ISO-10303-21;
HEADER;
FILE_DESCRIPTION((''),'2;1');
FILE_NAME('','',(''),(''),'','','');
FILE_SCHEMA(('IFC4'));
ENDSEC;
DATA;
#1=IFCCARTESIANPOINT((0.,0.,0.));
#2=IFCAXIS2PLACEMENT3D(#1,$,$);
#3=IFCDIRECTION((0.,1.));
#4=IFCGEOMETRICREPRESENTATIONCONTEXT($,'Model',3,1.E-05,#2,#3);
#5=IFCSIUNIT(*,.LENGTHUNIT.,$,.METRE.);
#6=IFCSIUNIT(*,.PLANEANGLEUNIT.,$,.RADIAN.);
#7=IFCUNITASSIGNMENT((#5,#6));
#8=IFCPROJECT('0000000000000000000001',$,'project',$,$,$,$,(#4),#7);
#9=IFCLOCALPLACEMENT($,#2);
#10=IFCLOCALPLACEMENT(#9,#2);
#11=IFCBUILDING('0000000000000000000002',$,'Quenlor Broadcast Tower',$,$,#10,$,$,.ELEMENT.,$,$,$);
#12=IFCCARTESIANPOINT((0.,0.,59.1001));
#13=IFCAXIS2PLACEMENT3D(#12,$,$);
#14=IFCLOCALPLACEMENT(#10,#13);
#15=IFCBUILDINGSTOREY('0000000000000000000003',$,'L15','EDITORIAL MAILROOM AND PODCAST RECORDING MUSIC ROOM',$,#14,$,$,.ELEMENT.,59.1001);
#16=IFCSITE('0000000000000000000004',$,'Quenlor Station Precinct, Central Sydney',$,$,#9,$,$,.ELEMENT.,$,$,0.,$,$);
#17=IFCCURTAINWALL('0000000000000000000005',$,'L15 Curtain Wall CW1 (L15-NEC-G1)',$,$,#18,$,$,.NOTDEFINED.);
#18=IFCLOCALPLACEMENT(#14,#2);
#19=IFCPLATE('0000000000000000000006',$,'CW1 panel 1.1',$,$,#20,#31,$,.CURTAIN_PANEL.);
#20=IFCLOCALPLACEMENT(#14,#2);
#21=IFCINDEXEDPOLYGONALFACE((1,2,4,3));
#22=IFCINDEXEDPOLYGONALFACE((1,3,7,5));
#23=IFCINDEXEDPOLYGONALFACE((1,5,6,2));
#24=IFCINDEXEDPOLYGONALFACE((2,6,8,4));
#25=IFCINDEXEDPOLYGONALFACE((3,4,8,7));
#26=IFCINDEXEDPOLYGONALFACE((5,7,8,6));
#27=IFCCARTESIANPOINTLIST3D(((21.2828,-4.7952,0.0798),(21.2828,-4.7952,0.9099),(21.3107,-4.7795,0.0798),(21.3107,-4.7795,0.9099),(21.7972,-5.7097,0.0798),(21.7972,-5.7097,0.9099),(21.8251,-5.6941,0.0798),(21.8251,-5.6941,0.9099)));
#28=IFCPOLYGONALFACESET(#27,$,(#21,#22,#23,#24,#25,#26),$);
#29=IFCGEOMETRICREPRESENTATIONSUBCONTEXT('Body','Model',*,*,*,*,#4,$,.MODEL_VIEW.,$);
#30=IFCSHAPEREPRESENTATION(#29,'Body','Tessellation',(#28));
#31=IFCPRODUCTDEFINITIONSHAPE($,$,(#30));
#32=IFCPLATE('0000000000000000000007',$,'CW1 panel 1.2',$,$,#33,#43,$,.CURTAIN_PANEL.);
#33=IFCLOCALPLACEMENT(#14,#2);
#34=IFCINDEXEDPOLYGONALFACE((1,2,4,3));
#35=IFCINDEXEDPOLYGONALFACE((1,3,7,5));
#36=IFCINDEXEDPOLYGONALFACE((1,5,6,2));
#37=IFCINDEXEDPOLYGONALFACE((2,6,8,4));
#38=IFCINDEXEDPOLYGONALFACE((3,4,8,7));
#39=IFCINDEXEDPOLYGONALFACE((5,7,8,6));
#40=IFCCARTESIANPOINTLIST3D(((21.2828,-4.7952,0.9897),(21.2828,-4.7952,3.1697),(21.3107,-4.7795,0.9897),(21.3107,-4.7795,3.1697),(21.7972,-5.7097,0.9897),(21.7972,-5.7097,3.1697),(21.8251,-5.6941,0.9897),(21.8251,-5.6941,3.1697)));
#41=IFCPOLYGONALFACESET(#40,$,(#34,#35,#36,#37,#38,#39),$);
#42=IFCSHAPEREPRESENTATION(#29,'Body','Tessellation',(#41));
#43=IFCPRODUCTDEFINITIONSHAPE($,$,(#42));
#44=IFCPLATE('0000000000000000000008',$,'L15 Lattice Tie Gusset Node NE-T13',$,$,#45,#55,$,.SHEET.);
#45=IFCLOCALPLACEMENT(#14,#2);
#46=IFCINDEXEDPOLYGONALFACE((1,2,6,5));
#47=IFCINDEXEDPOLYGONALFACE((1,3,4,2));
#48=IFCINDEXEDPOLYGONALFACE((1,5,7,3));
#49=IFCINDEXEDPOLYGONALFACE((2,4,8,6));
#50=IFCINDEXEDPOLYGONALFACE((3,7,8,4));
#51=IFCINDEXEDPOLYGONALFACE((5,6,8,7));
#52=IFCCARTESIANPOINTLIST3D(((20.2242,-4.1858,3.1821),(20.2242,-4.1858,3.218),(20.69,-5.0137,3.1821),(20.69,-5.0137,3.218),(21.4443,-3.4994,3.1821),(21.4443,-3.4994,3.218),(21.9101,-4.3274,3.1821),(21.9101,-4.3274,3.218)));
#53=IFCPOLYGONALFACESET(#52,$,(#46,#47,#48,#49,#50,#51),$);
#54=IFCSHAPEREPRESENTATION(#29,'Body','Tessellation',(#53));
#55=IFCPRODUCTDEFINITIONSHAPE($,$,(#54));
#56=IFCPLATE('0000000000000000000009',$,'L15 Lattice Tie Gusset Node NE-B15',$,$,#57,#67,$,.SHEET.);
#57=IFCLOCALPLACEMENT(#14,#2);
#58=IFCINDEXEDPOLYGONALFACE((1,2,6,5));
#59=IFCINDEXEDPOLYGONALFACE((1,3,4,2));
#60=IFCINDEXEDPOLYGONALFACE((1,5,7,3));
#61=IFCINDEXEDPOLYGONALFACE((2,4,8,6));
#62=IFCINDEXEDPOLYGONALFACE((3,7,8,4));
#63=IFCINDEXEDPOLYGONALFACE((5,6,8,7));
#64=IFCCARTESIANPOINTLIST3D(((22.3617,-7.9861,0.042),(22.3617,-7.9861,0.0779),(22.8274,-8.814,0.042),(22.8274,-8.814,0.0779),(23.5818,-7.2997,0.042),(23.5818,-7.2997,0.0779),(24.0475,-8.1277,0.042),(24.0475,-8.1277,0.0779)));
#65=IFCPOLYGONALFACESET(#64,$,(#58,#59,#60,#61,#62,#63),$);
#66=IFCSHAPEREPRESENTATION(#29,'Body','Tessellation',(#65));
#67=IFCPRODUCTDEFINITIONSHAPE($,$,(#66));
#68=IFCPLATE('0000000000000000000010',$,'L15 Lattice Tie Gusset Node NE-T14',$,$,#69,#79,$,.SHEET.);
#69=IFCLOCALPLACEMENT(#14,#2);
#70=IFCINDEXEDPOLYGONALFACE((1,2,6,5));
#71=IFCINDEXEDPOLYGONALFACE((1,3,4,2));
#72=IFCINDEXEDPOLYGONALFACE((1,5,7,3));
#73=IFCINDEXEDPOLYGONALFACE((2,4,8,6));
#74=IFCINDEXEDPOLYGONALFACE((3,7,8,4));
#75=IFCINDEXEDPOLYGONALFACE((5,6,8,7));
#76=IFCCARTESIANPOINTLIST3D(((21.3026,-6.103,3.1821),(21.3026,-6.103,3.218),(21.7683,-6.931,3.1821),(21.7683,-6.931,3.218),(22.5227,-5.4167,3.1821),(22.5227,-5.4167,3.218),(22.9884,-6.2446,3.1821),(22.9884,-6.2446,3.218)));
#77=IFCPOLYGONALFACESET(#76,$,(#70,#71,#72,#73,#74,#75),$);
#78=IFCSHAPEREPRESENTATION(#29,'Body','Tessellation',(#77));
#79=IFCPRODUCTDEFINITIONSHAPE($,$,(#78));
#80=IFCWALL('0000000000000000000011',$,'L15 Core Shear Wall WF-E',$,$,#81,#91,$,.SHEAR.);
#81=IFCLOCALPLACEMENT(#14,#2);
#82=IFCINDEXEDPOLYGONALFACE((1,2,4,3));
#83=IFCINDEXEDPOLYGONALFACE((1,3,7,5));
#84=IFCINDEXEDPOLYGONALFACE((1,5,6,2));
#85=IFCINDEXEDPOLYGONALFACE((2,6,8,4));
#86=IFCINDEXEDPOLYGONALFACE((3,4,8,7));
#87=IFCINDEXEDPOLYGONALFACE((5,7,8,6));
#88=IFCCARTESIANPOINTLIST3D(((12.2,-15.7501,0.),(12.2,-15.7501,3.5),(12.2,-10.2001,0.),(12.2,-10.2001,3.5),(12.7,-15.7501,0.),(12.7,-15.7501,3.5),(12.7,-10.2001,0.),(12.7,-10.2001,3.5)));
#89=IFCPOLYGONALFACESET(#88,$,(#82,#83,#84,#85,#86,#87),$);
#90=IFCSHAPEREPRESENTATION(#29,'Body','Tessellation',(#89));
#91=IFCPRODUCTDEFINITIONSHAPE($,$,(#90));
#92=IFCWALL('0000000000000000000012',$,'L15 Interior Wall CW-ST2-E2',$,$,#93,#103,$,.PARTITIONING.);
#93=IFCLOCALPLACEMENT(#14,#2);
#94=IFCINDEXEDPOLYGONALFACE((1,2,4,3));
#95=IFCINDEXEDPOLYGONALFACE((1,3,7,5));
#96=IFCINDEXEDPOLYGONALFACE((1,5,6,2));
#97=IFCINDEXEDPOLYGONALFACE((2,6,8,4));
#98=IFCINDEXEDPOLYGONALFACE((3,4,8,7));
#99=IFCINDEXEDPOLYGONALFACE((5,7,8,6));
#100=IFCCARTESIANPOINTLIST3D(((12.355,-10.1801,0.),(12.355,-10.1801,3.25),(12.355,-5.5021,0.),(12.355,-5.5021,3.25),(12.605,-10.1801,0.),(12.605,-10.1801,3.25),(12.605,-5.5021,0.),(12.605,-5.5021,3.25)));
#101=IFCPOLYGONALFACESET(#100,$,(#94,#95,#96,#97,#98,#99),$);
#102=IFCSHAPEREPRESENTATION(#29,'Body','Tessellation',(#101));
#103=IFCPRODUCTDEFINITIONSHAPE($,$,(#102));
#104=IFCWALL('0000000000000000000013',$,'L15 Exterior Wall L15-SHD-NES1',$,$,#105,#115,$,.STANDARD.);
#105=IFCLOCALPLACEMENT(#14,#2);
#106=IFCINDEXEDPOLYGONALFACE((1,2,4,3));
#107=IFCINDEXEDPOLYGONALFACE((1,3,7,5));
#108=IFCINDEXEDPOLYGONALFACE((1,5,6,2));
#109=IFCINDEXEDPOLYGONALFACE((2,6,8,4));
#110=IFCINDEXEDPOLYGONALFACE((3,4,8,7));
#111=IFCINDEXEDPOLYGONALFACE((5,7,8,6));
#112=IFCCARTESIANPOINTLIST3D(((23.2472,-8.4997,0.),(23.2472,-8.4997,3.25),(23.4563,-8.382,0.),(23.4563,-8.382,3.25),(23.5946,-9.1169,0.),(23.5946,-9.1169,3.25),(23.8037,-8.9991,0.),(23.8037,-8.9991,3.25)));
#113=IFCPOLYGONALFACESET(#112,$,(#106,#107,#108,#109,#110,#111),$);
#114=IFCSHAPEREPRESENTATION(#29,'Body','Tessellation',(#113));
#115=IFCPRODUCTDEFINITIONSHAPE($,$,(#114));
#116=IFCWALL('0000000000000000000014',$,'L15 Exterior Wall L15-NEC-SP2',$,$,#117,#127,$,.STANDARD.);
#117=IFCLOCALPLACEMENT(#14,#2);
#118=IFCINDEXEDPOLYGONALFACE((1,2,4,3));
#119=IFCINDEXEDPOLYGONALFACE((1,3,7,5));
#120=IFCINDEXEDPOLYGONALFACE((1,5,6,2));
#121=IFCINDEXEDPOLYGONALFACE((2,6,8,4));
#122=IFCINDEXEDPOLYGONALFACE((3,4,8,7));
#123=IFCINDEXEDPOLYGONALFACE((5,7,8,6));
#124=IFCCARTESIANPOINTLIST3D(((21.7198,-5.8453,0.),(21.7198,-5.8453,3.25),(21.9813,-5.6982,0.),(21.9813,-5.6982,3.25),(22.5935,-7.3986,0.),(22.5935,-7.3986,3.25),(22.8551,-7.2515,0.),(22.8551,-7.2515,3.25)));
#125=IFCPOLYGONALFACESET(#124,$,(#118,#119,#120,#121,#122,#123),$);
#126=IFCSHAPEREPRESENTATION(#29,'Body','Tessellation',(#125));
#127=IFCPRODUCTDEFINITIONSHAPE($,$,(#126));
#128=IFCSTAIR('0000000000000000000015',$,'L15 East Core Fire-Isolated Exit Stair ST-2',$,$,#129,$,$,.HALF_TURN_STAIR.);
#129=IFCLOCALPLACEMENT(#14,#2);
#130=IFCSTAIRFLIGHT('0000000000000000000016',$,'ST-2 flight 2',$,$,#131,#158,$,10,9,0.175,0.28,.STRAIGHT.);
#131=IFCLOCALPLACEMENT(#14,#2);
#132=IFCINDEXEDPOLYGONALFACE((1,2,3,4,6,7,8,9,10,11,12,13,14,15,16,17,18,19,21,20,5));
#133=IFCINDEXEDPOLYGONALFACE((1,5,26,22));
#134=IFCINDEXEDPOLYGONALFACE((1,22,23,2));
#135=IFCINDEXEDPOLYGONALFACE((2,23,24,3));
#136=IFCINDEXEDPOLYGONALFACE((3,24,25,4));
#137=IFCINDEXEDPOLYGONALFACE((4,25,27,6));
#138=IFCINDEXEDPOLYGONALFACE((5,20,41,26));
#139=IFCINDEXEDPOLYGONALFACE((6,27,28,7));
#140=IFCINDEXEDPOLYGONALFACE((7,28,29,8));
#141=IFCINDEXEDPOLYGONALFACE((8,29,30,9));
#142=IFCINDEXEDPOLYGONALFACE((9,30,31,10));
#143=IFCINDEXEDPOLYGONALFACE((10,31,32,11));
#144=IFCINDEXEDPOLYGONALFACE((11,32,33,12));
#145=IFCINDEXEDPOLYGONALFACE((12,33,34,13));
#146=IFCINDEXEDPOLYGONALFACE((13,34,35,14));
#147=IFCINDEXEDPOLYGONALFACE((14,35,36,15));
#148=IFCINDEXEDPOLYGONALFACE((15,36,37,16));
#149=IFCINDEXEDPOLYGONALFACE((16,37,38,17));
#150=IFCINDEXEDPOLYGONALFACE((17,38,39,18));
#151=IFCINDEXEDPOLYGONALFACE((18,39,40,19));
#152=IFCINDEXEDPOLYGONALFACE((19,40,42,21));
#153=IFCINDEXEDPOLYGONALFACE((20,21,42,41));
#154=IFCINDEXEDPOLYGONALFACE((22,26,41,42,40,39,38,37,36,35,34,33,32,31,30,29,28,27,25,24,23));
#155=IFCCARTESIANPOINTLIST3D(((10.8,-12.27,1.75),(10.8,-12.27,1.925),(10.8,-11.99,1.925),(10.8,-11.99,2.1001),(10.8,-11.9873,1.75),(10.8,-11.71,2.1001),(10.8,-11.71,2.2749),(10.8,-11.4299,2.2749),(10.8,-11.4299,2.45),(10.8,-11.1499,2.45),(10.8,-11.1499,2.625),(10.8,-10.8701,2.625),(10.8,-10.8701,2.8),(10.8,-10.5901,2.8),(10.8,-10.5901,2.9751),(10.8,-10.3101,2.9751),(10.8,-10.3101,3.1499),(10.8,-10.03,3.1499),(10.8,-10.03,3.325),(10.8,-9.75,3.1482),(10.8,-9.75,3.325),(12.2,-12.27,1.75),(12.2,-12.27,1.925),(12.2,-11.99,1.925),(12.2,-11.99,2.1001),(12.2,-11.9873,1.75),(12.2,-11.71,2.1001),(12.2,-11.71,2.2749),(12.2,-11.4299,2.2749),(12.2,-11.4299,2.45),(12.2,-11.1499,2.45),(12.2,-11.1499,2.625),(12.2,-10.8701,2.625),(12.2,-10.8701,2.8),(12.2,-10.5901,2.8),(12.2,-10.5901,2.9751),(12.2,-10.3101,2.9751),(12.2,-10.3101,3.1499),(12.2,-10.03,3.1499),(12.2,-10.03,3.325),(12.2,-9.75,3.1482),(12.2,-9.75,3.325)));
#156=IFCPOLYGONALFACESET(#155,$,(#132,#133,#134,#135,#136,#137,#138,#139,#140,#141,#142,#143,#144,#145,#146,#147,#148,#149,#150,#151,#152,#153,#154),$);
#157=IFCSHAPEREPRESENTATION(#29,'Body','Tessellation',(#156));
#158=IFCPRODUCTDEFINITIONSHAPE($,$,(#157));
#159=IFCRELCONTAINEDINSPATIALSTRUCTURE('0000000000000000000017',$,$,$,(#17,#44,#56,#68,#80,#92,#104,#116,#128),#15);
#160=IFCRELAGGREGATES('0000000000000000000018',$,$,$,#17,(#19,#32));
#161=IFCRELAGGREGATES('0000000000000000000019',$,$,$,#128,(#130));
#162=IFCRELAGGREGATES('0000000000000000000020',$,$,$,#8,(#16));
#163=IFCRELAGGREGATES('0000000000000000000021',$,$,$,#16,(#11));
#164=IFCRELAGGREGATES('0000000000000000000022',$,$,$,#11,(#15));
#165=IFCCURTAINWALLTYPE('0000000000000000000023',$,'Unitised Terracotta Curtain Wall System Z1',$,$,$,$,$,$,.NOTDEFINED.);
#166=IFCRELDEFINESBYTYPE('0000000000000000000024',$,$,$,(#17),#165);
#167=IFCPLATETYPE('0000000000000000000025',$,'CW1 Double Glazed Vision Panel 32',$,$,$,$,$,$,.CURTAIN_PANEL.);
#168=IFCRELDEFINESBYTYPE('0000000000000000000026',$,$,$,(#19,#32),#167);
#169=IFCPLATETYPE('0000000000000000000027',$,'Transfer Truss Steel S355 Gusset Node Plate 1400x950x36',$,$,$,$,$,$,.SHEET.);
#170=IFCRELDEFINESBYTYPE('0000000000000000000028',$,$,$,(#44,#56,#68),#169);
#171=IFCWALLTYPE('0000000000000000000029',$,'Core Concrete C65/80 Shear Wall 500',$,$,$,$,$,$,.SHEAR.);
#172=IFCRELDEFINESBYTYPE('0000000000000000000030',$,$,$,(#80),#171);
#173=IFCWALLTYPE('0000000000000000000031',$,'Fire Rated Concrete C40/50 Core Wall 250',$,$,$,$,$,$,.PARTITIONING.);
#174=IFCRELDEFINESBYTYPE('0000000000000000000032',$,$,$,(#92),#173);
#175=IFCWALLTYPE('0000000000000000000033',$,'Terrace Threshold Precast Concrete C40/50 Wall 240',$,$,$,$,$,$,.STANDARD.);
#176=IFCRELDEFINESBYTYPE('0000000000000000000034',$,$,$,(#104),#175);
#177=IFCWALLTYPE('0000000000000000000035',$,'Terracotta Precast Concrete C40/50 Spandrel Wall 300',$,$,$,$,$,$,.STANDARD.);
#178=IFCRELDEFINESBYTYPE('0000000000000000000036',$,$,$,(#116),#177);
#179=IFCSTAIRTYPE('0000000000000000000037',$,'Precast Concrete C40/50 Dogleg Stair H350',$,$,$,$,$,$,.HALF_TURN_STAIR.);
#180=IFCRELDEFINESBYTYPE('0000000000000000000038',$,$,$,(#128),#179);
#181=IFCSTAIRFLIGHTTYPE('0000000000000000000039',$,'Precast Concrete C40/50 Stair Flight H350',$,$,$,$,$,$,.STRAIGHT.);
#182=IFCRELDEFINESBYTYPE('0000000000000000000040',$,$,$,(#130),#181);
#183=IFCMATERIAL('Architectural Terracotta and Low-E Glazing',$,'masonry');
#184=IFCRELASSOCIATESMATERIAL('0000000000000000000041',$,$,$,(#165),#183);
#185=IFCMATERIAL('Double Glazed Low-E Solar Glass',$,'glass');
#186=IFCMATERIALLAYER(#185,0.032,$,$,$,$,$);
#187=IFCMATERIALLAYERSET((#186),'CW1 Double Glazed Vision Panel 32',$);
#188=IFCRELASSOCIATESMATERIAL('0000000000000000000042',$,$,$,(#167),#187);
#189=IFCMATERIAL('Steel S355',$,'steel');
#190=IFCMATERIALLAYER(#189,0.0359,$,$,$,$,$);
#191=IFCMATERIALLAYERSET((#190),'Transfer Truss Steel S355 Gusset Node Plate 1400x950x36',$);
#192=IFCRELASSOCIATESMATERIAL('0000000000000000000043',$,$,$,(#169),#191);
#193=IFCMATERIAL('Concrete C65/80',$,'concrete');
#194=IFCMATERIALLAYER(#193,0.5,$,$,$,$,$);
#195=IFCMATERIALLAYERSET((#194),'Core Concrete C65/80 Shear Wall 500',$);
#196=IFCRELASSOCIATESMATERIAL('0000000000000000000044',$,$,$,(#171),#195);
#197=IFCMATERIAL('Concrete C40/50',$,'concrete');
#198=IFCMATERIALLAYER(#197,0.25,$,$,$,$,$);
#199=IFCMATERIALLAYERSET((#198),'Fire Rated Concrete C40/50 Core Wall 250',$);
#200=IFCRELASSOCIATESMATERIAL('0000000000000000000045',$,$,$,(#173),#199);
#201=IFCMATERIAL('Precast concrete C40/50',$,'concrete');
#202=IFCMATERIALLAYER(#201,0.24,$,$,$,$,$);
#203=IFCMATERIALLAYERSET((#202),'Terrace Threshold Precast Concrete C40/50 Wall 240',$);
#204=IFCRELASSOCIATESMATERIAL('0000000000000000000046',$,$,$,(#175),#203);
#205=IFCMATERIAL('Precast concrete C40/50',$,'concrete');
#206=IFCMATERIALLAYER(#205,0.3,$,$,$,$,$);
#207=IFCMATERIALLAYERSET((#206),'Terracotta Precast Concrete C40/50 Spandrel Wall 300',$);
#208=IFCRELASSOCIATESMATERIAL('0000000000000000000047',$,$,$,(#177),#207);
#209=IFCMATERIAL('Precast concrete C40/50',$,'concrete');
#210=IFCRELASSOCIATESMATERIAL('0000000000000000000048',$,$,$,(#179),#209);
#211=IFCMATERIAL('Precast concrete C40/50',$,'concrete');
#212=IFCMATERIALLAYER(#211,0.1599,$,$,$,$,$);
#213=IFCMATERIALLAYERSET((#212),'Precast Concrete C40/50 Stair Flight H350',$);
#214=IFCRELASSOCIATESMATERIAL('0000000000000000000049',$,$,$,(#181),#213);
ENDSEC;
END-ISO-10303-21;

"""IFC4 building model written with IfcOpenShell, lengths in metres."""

from ifc_helpers import new_model, si_unit, direction, frame, frame_2d, origin, origin_2d, place, context, subcontext, project, spatial, polyline, rectangle, outline, extrude, material, layer, layer_set, type_object, element, aggregate, save


model = new_model("IFC4")

# Units and contexts
model_context = context("Model", 3, precision=1e-05, world=origin(), true_north=direction((0.0, 1.0)))
body_context = subcontext(model_context, "Body", "Model", "MODEL_VIEW")
ifc_project = project(units=[si_unit("LENGTHUNIT", "METRE"), si_unit("PLANEANGLEUNIT", "RADIAN")], contexts=[model_context])

# Site, building, storey
site_placement = place(None, origin())
site = spatial("IfcSite", under=ifc_project, at=site_placement, Name="Quenlor Station Precinct, Central Sydney", CompositionType="ELEMENT", RefElevation=0.0)
building_placement = place(site_placement, origin())
building = spatial("IfcBuilding", under=site, at=building_placement, Name="Quenlor Broadcast Tower", CompositionType="ELEMENT")
storey_placement = place(building_placement, frame((0.0, 0.0, 59.1001)))
storey = spatial("IfcBuildingStorey", under=building, at=storey_placement, Name="L15", Description="EDITORIAL MAILROOM AND PODCAST RECORDING MUSIC ROOM", CompositionType="ELEMENT", Elevation=59.1001)

# Curtain wall
ifc_material_1 = material(Name="Architectural Terracotta and Low-E Glazing", Category="masonry")
curtain_wall_type = type_object("IfcCurtainWallType", Name="Unitised Terracotta Curtain Wall System Z1", PredefinedType="NOTDEFINED", material=ifc_material_1)
curtain_wall_placement = place(storey_placement, origin())
curtain_wall = element("IfcCurtainWall", 1, at=curtain_wall_placement, inside=storey, type_object=curtain_wall_type, Name="L15 Curtain Wall CW1 (L15-NEC-G1)", PredefinedType="NOTDEFINED")

# Plates
ifc_material_2 = material(Name="Double Glazed Low-E Solar Glass", Category="glass")
ifc_layer_1 = layer(ifc_material_2, 0.032)
ifc_layer_set_1 = layer_set([ifc_layer_1], Name="CW1 Double Glazed Vision Panel 32")
plate_type_1 = type_object("IfcPlateType", Name="CW1 Double Glazed Vision Panel 32", PredefinedType="CURTAIN_PANEL", material=ifc_layer_set_1)
plate_1_placement = place(storey_placement, frame((21.554, -5.2446, 0.0798), z_axis=(0.0, 0.0, 1.0), x_axis=(0.490277, -0.871567, 0.0)))
plate_1 = element("IfcPlate", 2, at=plate_1_placement, type_object=plate_type_1, Name="CW1 panel 1.1", PredefinedType="CURTAIN_PANEL", context=body_context, shape_type="SweptSolid", body=[
    extrude(rectangle(XDim=1.0493, YDim=0.032, at=origin_2d()), origin(), (0.0, 0.0, 1.0), 0.8301),
])
plate_2_placement = place(storey_placement, frame((21.554, -5.2446, 0.9897), z_axis=(0.0, 0.0, 1.0), x_axis=(0.490277, -0.871567, 0.0)))
plate_2 = element("IfcPlate", 3, at=plate_2_placement, type_object=plate_type_1, Name="CW1 panel 1.2", PredefinedType="CURTAIN_PANEL", context=body_context, shape_type="SweptSolid", body=[
    extrude(rectangle(XDim=1.0493, YDim=0.032, at=origin_2d()), origin(), (0.0, 0.0, 1.0), 2.1799),
])
aggregate(curtain_wall, [plate_1, plate_2])

# Plates
ifc_material_3 = material(Name="Steel S355", Category="steel")
ifc_layer_2 = layer(ifc_material_3, 0.0359)
ifc_layer_set_2 = layer_set([ifc_layer_2], Name="Transfer Truss Steel S355 Gusset Node Plate 1400x950x36")
plate_type_2 = type_object("IfcPlateType", Name="Transfer Truss Steel S355 Gusset Node Plate 1400x950x36", PredefinedType="SHEET", material=ifc_layer_set_2)
for number, where, z_axis, x_axis, name in (
    (4, (21.0671, -4.2566, 3.1821), (0.0, 0.0, 1.0), (0.871556, 0.490295, 0.0), "L15 Lattice Tie Gusset Node NE-T13"),
    (5, (23.2046, -8.0569, 0.042), (0.0, 0.0, 1.0), (0.871556, 0.490295, 0.0), "L15 Lattice Tie Gusset Node NE-B15"),
    (6, (22.1455, -6.1738, 3.1821), (0.0, 0.0, 1.0), (0.871556, 0.490295, 0.0), "L15 Lattice Tie Gusset Node NE-T14"),
):
    element("IfcPlate", number, at=place(storey_placement, frame(where, z_axis=z_axis, x_axis=x_axis)), inside=storey, type_object=plate_type_2, Name=name, PredefinedType="SHEET", context=body_context, shape_type="SweptSolid", body=[
        extrude(rectangle(XDim=1.3999, YDim=0.95, at=origin_2d()), origin(), (0.0, 0.0, 1.0), 0.0359),
    ])

# Walls
ifc_material_4 = material(Name="Concrete C65/80", Category="concrete")
ifc_layer_3 = layer(ifc_material_4, 0.5)
ifc_layer_set_3 = layer_set([ifc_layer_3], Name="Core Concrete C65/80 Shear Wall 500")
wall_type_1 = type_object("IfcWallType", Name="Core Concrete C65/80 Shear Wall 500", PredefinedType="SHEAR", material=ifc_layer_set_3)
wall_1_placement = place(storey_placement, frame((12.45, -15.75, 0.0), z_axis=(0.0, 0.0, 1.0), x_axis=(0.0, 1.0, 0.0)))
element("IfcWall", 7, at=wall_1_placement, inside=storey, type_object=wall_type_1, Name="L15 Core Shear Wall WF-E", PredefinedType="SHEAR", context=body_context, shape_type="SweptSolid", body=[
    extrude(rectangle(XDim=5.55, YDim=0.5, at=frame_2d((2.7749, 0.0))), origin(), (0.0, 0.0, 1.0), 3.5),
])
ifc_material_5 = material(Name="Concrete C40/50", Category="concrete")
ifc_layer_4 = layer(ifc_material_5, 0.25)
ifc_layer_set_4 = layer_set([ifc_layer_4], Name="Fire Rated Concrete C40/50 Core Wall 250")
wall_type_2 = type_object("IfcWallType", Name="Fire Rated Concrete C40/50 Core Wall 250", PredefinedType="PARTITIONING", material=ifc_layer_set_4)
wall_2_placement = place(storey_placement, frame((12.48, -10.1799, 0.0), z_axis=(0.0, 0.0, 1.0), x_axis=(0.0, 1.0, 0.0)))
element("IfcWall", 8, at=wall_2_placement, inside=storey, type_object=wall_type_2, Name="L15 Interior Wall CW-ST2-E2", PredefinedType="PARTITIONING", context=body_context, shape_type="SweptSolid", body=[
    extrude(rectangle(XDim=4.678, YDim=0.25, at=frame_2d((2.3389, 0.0))), origin(), (0.0, 0.0, 1.0), 3.25),
])
ifc_material_6 = material(Name="Precast concrete C40/50", Category="concrete")
ifc_layer_5 = layer(ifc_material_6, 0.24)
ifc_layer_set_5 = layer_set([ifc_layer_5], Name="Terrace Threshold Precast Concrete C40/50 Wall 240")
wall_type_3 = type_object("IfcWallType", Name="Terrace Threshold Precast Concrete C40/50 Wall 240", PredefinedType="STANDARD", material=ifc_layer_set_5)
wall_3_placement = place(storey_placement, frame((23.3518, -8.4409, 0.0), z_axis=(0.0, 0.0, 1.0), x_axis=(0.490523, -0.871428, 0.0)))
element("IfcWall", 9, at=wall_3_placement, inside=storey, type_object=wall_type_3, Name="L15 Exterior Wall L15-SHD-NES1", PredefinedType="STANDARD", context=body_context, shape_type="SweptSolid", body=[
    extrude(rectangle(XDim=0.7083, YDim=0.24, at=frame_2d((0.354, 0.0))), origin(), (0.0, 0.0, 1.0), 3.25),
])
ifc_material_7 = material(Name="Precast concrete C40/50", Category="concrete")
ifc_layer_6 = layer(ifc_material_7, 0.3)
ifc_layer_set_6 = layer_set([ifc_layer_6], Name="Terracotta Precast Concrete C40/50 Spandrel Wall 300")
wall_type_4 = type_object("IfcWallType", Name="Terracotta Precast Concrete C40/50 Spandrel Wall 300", PredefinedType="STANDARD", material=ifc_layer_set_6)
wall_4_placement = place(storey_placement, frame((21.8506, -5.7717, 0.0), z_axis=(0.0, 0.0, 1.0), x_axis=(0.490242, -0.871587, 0.0)))
element("IfcWall", 10, at=wall_4_placement, inside=storey, type_object=wall_type_4, Name="L15 Exterior Wall L15-NEC-SP2", PredefinedType="STANDARD", context=body_context, shape_type="SweptSolid", body=[
    extrude(rectangle(XDim=1.7822, YDim=0.3, at=frame_2d((0.8911, 0.0))), origin(), (0.0, 0.0, 1.0), 3.25),
])

# Stair, stair flight
ifc_material_8 = material(Name="Precast concrete C40/50", Category="concrete")
stair_type = type_object("IfcStairType", Name="Precast Concrete C40/50 Dogleg Stair H350", PredefinedType="HALF_TURN_STAIR", material=ifc_material_8)
stair_placement = place(storey_placement, origin())
stair = element("IfcStair", 11, at=stair_placement, inside=storey, type_object=stair_type, Name="L15 East Core Fire-Isolated Exit Stair ST-2", PredefinedType="HALF_TURN_STAIR")
ifc_material_9 = material(Name="Precast concrete C40/50", Category="concrete")
ifc_layer_7 = layer(ifc_material_9, 0.1599)
ifc_layer_set_7 = layer_set([ifc_layer_7], Name="Precast Concrete C40/50 Stair Flight H350")
stair_flight_type = type_object("IfcStairFlightType", Name="Precast Concrete C40/50 Stair Flight H350", PredefinedType="STRAIGHT", material=ifc_layer_set_7)
stair_flight_placement = place(storey_placement, frame((11.5, -12.27, 1.75), z_axis=(0.0, 0.0, 1.0), x_axis=(0.0, 1.0, 0.0)))
stair_flight = element("IfcStairFlight", 12, at=stair_flight_placement, type_object=stair_flight_type, Name="ST-2 flight 2", NumberOfRisers=10, NumberOfTreads=9, PredefinedType="STRAIGHT", RiserHeight=0.175, TreadLength=0.28, context=body_context, shape_type="SweptSolid", body=[
    extrude(outline(polyline([(0.0, 0.0), (0.0, 0.175), (0.28, 0.175), (0.28, 0.3501), (0.5601, 0.3501), (0.5601, 0.5249), (0.8401, 0.5249), (0.8401, 0.7), (1.1201, 0.7), (1.1201, 0.875), (1.3999, 0.875), (1.3999, 1.05), (1.6799, 1.05), (1.6799, 1.2251), (1.96, 1.2251), (1.96, 1.3999), (2.24, 1.3999), (2.24, 1.575), (2.52, 1.575), (2.52, 1.75), (2.52, 1.3982), (0.2827, 0.0), (0.0, 0.0)])), frame((0.0, 0.7, 0.0), z_axis=(0.0, -1.0, 0.0), x_axis=(1.0, 0.0, 0.0)), (0.0, 0.0, 1.0), 1.3999),
])
aggregate(stair, [stair_flight])

save(model, "model.ifc")
